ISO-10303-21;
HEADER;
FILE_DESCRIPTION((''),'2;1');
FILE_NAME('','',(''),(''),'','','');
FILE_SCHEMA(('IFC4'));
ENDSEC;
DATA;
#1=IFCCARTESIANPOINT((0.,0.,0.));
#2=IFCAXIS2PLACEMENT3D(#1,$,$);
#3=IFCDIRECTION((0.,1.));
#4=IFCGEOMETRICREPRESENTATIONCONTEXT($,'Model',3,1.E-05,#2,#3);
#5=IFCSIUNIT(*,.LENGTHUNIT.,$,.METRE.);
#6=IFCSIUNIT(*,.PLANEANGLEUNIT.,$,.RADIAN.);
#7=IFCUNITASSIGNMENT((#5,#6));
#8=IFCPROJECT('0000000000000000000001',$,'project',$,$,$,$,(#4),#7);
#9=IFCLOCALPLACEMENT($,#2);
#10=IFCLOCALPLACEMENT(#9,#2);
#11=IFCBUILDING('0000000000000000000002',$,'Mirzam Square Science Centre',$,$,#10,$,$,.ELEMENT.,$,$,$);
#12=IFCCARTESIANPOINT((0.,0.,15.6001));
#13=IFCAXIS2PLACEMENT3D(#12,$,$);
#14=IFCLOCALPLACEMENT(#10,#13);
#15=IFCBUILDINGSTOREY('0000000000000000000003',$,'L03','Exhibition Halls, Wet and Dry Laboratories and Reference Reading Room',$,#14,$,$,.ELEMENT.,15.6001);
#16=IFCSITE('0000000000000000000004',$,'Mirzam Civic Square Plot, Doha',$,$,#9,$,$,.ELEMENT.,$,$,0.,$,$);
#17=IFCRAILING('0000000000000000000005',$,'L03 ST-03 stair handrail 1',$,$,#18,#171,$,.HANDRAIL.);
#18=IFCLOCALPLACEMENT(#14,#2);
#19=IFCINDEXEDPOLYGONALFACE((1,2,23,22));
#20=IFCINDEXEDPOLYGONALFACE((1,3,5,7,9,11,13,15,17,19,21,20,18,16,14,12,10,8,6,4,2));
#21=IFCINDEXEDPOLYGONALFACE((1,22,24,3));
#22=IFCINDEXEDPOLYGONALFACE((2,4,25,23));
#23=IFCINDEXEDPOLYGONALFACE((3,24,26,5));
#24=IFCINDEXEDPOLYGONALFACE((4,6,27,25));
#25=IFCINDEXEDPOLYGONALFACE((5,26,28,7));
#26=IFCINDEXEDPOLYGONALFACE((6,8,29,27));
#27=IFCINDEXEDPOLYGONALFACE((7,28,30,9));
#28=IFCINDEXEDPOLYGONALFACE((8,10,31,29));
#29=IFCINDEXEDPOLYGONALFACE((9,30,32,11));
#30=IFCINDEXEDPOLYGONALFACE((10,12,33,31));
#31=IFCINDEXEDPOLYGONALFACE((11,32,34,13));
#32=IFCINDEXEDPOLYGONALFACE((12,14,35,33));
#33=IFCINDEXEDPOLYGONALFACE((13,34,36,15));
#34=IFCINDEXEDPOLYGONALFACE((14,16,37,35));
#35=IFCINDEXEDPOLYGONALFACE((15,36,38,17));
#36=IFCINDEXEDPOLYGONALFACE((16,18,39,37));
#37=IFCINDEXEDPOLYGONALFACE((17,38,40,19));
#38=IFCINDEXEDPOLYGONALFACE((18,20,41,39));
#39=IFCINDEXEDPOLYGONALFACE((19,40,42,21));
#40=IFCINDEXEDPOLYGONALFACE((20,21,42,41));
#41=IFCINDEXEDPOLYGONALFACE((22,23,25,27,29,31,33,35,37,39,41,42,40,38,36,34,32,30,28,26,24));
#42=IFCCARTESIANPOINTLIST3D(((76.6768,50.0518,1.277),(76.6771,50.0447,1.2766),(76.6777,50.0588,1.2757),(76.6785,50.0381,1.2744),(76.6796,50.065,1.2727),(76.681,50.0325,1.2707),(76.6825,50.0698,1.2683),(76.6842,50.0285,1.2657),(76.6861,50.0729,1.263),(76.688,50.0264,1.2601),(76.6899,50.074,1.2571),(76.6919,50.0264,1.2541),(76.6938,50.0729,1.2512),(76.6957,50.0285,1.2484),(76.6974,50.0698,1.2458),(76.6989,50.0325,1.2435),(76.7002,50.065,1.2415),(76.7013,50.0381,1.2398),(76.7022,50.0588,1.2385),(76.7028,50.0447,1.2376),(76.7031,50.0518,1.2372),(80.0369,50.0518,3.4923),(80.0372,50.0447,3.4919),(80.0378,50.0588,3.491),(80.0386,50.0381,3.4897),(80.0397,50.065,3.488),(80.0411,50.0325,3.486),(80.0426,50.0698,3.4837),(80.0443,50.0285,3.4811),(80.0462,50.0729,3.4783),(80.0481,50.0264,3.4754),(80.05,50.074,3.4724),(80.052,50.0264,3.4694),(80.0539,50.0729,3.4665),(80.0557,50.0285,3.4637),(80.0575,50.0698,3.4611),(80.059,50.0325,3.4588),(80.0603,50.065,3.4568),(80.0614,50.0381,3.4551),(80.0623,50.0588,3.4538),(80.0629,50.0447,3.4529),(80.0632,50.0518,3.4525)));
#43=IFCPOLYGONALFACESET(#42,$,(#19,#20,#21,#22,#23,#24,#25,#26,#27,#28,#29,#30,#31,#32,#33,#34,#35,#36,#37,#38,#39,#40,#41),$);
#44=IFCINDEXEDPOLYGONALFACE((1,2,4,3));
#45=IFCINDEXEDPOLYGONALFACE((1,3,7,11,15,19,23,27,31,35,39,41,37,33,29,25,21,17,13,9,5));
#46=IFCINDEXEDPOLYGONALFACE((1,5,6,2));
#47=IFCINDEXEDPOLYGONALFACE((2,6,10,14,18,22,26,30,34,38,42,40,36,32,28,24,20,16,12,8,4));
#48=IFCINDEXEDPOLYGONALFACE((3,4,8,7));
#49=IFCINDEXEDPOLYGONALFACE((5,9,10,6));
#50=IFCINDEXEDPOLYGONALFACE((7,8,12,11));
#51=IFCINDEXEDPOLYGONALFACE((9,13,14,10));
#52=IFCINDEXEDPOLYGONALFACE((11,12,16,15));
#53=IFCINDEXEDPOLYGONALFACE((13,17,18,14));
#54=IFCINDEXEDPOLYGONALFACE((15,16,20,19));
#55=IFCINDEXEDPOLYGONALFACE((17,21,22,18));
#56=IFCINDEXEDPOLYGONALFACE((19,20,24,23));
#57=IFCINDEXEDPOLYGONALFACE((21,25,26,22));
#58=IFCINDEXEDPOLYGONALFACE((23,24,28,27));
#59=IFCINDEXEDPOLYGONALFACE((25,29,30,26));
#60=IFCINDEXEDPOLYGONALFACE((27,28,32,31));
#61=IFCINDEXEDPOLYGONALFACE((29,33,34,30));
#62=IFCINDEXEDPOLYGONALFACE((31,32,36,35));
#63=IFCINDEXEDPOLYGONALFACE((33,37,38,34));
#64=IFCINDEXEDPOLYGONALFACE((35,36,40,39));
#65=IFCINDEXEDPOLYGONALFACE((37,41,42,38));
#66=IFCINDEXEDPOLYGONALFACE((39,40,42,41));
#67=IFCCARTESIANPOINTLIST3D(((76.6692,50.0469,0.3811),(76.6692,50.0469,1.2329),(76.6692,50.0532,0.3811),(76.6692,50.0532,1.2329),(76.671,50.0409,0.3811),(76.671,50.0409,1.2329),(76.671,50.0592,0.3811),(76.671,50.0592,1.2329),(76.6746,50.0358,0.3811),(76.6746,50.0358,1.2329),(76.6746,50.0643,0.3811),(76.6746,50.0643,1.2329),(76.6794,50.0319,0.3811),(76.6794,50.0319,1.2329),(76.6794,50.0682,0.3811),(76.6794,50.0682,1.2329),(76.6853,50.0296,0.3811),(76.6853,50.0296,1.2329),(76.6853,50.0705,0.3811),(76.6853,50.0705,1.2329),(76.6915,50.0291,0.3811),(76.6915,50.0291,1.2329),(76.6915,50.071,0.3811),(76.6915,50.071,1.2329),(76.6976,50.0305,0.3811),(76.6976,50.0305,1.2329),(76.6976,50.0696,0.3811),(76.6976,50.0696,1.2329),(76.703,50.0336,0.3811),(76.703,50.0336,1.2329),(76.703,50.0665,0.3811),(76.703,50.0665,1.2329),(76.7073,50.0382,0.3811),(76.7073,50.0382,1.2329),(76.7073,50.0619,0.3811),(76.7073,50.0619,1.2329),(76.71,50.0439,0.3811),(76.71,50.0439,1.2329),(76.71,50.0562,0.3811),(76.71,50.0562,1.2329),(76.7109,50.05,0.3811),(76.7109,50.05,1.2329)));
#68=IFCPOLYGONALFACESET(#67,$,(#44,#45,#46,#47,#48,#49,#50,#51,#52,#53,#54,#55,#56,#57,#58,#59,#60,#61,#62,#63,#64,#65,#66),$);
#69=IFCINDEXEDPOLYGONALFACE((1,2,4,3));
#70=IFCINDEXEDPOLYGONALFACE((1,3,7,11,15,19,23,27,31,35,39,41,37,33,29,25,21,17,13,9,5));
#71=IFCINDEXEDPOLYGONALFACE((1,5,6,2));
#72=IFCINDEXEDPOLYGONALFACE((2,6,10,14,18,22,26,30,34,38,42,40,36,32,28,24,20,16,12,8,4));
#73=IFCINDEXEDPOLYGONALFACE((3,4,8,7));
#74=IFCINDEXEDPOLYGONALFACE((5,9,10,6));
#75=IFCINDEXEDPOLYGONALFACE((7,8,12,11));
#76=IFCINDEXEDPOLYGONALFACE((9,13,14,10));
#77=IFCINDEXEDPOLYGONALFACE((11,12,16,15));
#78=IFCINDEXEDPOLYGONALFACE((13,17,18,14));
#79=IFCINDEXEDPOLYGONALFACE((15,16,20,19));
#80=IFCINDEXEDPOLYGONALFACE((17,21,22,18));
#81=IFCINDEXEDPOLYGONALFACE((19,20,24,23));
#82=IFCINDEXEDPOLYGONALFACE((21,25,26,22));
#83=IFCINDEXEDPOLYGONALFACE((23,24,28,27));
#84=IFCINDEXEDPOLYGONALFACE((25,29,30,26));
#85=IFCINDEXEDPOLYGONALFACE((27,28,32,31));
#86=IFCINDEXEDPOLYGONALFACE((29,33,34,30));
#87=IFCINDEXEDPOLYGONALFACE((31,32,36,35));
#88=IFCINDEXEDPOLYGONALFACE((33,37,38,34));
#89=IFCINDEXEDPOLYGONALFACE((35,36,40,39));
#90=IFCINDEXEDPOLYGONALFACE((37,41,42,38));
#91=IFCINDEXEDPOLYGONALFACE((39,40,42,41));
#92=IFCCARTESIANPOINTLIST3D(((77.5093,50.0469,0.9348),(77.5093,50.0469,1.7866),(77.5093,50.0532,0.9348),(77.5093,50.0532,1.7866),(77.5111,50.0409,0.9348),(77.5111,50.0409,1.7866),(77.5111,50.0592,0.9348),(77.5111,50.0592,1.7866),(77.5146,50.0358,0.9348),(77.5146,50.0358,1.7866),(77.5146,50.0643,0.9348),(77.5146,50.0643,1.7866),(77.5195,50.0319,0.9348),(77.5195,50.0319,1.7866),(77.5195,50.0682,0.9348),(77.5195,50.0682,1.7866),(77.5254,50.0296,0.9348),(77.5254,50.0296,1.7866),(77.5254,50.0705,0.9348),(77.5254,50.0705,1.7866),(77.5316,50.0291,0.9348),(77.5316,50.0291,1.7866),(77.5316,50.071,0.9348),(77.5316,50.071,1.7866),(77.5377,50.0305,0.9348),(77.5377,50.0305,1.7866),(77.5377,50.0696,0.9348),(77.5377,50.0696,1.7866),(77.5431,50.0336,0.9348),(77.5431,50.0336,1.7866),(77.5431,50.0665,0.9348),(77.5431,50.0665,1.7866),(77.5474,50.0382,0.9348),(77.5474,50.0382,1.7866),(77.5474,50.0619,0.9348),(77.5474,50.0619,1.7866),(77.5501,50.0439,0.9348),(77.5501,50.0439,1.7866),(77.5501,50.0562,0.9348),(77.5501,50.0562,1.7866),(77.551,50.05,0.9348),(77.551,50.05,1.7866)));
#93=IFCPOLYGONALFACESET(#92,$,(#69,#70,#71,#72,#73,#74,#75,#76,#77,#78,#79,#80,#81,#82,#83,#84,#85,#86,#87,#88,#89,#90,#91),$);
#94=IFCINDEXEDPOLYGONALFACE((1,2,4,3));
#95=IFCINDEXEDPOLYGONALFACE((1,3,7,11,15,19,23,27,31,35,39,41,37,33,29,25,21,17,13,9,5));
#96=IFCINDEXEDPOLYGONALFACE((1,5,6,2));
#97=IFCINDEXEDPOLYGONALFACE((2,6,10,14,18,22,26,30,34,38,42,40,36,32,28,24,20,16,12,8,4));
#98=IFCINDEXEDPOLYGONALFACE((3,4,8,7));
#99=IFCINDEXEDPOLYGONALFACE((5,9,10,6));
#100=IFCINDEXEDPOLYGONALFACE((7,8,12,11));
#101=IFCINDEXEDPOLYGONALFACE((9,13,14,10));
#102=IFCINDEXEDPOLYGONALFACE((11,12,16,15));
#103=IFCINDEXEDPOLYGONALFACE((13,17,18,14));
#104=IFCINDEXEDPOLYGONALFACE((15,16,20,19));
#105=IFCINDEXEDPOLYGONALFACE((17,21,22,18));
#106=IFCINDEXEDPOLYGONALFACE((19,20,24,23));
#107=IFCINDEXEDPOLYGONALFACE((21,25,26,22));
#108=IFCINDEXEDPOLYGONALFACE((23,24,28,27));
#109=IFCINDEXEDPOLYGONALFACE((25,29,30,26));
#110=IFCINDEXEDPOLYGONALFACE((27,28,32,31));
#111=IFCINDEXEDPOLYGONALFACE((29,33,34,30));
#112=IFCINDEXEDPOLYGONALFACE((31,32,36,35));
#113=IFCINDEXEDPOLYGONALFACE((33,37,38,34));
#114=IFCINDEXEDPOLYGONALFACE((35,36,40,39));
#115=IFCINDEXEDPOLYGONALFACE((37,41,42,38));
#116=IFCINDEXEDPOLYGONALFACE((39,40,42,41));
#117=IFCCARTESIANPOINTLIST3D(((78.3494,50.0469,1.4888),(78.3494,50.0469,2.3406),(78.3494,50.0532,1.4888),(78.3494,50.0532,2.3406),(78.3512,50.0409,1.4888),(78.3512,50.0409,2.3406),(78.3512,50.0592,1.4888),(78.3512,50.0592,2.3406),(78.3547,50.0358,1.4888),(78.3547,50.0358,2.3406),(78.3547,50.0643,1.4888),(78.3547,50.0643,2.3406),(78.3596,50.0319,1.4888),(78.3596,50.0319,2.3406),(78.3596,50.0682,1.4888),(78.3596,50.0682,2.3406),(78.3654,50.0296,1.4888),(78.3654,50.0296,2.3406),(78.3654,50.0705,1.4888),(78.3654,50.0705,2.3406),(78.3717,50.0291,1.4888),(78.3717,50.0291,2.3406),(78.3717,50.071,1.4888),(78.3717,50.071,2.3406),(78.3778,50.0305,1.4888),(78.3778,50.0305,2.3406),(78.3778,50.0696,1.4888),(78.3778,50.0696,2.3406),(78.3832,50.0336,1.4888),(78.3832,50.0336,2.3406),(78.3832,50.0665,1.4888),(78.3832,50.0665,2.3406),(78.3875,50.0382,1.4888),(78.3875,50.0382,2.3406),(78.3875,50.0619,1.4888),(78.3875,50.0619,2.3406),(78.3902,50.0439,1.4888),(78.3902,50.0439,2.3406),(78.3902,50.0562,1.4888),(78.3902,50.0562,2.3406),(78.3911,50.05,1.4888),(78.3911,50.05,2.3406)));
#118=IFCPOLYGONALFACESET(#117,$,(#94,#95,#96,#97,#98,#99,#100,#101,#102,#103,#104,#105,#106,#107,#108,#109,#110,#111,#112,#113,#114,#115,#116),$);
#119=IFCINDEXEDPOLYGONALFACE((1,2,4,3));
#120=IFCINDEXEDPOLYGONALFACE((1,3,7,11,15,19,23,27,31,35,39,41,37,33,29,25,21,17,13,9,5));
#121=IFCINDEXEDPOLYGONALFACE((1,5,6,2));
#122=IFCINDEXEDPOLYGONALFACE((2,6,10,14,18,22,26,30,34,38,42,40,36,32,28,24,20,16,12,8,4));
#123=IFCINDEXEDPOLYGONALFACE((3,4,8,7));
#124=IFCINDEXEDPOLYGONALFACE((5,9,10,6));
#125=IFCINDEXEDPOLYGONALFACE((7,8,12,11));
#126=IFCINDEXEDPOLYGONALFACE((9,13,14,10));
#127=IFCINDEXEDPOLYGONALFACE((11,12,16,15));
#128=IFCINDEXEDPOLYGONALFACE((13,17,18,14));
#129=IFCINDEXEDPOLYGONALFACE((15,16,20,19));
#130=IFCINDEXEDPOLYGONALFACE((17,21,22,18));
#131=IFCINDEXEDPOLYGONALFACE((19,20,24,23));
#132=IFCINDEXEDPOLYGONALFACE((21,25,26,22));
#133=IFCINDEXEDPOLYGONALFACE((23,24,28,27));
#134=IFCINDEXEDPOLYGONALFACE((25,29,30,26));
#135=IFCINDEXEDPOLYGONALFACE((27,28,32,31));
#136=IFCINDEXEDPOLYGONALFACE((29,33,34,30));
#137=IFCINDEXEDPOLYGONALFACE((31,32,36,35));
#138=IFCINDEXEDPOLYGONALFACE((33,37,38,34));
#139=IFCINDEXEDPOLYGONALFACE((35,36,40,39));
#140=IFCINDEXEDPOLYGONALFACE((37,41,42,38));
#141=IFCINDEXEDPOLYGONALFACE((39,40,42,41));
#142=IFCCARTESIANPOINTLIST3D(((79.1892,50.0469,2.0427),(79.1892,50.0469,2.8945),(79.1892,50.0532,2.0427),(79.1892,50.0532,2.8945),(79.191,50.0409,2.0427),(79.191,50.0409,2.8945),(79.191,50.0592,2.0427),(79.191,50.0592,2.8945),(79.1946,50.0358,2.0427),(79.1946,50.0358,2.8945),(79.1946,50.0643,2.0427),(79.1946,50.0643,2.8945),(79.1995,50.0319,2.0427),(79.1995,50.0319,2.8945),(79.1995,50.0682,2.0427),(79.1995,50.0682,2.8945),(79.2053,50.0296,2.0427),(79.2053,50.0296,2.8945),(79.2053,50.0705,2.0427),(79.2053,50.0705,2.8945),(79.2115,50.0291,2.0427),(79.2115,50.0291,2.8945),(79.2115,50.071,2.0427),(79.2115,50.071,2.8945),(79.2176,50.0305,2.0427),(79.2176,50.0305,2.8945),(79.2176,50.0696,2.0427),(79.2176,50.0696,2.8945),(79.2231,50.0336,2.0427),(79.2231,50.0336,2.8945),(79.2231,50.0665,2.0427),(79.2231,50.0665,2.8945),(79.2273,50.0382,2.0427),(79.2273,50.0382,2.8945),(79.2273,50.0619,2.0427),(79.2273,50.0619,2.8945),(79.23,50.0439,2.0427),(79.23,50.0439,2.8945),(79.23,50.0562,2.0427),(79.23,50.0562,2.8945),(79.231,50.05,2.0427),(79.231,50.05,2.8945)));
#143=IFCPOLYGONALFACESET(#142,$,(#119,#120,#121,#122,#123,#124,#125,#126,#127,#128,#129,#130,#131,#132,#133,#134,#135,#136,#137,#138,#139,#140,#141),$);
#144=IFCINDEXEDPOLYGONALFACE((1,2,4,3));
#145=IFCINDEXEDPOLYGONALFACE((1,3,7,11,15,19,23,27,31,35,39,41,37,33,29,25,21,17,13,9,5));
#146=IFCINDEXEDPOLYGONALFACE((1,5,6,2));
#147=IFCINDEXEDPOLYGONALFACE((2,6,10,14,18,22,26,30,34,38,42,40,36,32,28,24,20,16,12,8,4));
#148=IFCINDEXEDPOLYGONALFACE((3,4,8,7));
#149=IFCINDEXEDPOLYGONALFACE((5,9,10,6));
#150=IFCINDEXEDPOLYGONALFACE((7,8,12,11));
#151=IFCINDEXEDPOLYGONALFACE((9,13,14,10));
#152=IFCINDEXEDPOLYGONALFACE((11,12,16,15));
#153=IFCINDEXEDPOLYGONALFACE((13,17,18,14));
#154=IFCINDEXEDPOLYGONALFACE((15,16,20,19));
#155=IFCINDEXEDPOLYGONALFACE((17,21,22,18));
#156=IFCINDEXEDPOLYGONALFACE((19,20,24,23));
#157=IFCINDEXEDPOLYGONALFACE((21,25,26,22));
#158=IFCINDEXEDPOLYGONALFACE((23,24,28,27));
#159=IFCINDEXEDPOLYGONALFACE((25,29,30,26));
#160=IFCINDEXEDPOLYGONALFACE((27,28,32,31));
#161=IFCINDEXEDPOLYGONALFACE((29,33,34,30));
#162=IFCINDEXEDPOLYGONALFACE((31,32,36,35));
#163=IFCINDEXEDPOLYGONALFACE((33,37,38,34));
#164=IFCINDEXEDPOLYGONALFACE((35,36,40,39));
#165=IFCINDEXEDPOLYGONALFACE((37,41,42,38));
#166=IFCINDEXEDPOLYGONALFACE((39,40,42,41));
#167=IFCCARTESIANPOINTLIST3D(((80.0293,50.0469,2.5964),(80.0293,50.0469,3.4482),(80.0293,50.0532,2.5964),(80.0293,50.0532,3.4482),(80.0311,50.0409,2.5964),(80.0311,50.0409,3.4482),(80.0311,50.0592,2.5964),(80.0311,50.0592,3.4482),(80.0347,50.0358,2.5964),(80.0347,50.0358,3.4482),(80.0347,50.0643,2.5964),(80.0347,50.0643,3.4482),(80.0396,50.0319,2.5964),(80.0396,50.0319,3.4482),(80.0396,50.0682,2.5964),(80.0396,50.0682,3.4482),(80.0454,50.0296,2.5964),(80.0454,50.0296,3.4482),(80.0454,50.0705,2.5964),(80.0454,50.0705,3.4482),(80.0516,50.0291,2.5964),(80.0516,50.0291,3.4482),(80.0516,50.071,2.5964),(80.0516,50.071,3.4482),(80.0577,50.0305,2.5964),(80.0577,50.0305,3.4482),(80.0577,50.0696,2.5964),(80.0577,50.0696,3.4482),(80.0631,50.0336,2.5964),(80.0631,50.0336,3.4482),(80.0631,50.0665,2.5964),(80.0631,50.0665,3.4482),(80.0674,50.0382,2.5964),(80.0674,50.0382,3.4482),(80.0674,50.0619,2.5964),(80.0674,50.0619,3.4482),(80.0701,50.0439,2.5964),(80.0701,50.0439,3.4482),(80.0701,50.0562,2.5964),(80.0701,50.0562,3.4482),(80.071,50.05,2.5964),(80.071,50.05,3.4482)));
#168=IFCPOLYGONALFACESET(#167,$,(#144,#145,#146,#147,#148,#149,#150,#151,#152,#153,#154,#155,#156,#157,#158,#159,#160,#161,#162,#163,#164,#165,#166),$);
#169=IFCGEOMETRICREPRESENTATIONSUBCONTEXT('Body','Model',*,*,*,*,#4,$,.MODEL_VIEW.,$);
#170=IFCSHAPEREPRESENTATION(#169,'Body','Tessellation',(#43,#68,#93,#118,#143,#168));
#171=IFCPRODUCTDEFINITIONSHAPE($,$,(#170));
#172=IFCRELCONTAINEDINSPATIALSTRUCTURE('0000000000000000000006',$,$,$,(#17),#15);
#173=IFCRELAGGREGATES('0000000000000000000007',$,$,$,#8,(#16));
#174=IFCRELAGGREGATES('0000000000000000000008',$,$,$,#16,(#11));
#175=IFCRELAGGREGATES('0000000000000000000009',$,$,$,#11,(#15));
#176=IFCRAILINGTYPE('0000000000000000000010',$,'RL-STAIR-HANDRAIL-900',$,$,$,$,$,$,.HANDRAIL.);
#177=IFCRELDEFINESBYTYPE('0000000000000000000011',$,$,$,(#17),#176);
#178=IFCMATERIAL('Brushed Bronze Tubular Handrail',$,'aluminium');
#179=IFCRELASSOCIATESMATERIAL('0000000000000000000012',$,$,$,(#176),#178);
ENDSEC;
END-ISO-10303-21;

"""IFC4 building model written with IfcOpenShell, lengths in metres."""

from ifc_helpers import new_model, si_unit, direction, frame, origin, origin_2d, place, context, subcontext, project, spatial, circle, extrude, material, type_object, element, save


model = new_model("IFC4")

# Units and contexts
model_context = context("Model", 3, precision=1e-05, world=origin(), true_north=direction((0.0, 1.0)))
body_context = subcontext(model_context, "Body", "Model", "MODEL_VIEW")
ifc_project = project(units=[si_unit("LENGTHUNIT", "METRE"), si_unit("PLANEANGLEUNIT", "RADIAN")], contexts=[model_context])

# Site, building, storey
site_placement = place(None, origin())
site = spatial("IfcSite", under=ifc_project, at=site_placement, Name="Mirzam Civic Square Plot, Doha", CompositionType="ELEMENT", RefElevation=0.0)
building_placement = place(site_placement, origin())
building = spatial("IfcBuilding", under=site, at=building_placement, Name="Mirzam Square Science Centre", CompositionType="ELEMENT")
storey_placement = place(building_placement, frame((0.0, 0.0, 15.6001)))
storey = spatial("IfcBuildingStorey", under=building, at=storey_placement, Name="L03", Description="Exhibition Halls, Wet and Dry Laboratories and Reference Reading Room", CompositionType="ELEMENT", Elevation=15.6001)

# Railing
ifc_material_1 = material(Name="Brushed Bronze Tubular Handrail", Category="aluminium")
railing_type_1 = type_object("IfcRailingType", Name="RL-STAIR-HANDRAIL-900", PredefinedType="HANDRAIL", material=ifc_material_1)
railing_1_placement = place(storey_placement, frame((76.6899, 50.05, 0.3811)))
element("IfcRailing", 1, at=railing_1_placement, inside=storey, type_object=railing_type_1, Name="L03 ST-03 stair handrail 1", PredefinedType="HANDRAIL", context=body_context, shape_type="SweptSolid", body=[
    extrude(circle(Radius=0.0239, at=origin_2d()), frame((0.0, 0.0, 0.876), z_axis=(0.834876, 0.0, 0.550437), x_axis=(0.0, 1.0, 0.0)), (0.0, 0.0, 1.0), 4.0247),
    extrude(circle(Radius=0.021, at=origin_2d()), origin(), (0.0, 0.0, 1.0), 0.8518),
    extrude(circle(Radius=0.021, at=origin_2d()), frame((0.8401, 0.0, 0.5537)), (0.0, 0.0, 1.0), 0.8518),
    extrude(circle(Radius=0.021, at=origin_2d()), frame((1.6802, 0.0, 1.1077)), (0.0, 0.0, 1.0), 0.8518),
    extrude(circle(Radius=0.021, at=origin_2d()), frame((2.52, 0.0, 1.6616)), (0.0, 0.0, 1.0), 0.8518),
    extrude(circle(Radius=0.021, at=origin_2d()), frame((3.3601, 0.0, 2.2153)), (0.0, 0.0, 1.0), 0.8518),
])

save(model, "model.ifc")
